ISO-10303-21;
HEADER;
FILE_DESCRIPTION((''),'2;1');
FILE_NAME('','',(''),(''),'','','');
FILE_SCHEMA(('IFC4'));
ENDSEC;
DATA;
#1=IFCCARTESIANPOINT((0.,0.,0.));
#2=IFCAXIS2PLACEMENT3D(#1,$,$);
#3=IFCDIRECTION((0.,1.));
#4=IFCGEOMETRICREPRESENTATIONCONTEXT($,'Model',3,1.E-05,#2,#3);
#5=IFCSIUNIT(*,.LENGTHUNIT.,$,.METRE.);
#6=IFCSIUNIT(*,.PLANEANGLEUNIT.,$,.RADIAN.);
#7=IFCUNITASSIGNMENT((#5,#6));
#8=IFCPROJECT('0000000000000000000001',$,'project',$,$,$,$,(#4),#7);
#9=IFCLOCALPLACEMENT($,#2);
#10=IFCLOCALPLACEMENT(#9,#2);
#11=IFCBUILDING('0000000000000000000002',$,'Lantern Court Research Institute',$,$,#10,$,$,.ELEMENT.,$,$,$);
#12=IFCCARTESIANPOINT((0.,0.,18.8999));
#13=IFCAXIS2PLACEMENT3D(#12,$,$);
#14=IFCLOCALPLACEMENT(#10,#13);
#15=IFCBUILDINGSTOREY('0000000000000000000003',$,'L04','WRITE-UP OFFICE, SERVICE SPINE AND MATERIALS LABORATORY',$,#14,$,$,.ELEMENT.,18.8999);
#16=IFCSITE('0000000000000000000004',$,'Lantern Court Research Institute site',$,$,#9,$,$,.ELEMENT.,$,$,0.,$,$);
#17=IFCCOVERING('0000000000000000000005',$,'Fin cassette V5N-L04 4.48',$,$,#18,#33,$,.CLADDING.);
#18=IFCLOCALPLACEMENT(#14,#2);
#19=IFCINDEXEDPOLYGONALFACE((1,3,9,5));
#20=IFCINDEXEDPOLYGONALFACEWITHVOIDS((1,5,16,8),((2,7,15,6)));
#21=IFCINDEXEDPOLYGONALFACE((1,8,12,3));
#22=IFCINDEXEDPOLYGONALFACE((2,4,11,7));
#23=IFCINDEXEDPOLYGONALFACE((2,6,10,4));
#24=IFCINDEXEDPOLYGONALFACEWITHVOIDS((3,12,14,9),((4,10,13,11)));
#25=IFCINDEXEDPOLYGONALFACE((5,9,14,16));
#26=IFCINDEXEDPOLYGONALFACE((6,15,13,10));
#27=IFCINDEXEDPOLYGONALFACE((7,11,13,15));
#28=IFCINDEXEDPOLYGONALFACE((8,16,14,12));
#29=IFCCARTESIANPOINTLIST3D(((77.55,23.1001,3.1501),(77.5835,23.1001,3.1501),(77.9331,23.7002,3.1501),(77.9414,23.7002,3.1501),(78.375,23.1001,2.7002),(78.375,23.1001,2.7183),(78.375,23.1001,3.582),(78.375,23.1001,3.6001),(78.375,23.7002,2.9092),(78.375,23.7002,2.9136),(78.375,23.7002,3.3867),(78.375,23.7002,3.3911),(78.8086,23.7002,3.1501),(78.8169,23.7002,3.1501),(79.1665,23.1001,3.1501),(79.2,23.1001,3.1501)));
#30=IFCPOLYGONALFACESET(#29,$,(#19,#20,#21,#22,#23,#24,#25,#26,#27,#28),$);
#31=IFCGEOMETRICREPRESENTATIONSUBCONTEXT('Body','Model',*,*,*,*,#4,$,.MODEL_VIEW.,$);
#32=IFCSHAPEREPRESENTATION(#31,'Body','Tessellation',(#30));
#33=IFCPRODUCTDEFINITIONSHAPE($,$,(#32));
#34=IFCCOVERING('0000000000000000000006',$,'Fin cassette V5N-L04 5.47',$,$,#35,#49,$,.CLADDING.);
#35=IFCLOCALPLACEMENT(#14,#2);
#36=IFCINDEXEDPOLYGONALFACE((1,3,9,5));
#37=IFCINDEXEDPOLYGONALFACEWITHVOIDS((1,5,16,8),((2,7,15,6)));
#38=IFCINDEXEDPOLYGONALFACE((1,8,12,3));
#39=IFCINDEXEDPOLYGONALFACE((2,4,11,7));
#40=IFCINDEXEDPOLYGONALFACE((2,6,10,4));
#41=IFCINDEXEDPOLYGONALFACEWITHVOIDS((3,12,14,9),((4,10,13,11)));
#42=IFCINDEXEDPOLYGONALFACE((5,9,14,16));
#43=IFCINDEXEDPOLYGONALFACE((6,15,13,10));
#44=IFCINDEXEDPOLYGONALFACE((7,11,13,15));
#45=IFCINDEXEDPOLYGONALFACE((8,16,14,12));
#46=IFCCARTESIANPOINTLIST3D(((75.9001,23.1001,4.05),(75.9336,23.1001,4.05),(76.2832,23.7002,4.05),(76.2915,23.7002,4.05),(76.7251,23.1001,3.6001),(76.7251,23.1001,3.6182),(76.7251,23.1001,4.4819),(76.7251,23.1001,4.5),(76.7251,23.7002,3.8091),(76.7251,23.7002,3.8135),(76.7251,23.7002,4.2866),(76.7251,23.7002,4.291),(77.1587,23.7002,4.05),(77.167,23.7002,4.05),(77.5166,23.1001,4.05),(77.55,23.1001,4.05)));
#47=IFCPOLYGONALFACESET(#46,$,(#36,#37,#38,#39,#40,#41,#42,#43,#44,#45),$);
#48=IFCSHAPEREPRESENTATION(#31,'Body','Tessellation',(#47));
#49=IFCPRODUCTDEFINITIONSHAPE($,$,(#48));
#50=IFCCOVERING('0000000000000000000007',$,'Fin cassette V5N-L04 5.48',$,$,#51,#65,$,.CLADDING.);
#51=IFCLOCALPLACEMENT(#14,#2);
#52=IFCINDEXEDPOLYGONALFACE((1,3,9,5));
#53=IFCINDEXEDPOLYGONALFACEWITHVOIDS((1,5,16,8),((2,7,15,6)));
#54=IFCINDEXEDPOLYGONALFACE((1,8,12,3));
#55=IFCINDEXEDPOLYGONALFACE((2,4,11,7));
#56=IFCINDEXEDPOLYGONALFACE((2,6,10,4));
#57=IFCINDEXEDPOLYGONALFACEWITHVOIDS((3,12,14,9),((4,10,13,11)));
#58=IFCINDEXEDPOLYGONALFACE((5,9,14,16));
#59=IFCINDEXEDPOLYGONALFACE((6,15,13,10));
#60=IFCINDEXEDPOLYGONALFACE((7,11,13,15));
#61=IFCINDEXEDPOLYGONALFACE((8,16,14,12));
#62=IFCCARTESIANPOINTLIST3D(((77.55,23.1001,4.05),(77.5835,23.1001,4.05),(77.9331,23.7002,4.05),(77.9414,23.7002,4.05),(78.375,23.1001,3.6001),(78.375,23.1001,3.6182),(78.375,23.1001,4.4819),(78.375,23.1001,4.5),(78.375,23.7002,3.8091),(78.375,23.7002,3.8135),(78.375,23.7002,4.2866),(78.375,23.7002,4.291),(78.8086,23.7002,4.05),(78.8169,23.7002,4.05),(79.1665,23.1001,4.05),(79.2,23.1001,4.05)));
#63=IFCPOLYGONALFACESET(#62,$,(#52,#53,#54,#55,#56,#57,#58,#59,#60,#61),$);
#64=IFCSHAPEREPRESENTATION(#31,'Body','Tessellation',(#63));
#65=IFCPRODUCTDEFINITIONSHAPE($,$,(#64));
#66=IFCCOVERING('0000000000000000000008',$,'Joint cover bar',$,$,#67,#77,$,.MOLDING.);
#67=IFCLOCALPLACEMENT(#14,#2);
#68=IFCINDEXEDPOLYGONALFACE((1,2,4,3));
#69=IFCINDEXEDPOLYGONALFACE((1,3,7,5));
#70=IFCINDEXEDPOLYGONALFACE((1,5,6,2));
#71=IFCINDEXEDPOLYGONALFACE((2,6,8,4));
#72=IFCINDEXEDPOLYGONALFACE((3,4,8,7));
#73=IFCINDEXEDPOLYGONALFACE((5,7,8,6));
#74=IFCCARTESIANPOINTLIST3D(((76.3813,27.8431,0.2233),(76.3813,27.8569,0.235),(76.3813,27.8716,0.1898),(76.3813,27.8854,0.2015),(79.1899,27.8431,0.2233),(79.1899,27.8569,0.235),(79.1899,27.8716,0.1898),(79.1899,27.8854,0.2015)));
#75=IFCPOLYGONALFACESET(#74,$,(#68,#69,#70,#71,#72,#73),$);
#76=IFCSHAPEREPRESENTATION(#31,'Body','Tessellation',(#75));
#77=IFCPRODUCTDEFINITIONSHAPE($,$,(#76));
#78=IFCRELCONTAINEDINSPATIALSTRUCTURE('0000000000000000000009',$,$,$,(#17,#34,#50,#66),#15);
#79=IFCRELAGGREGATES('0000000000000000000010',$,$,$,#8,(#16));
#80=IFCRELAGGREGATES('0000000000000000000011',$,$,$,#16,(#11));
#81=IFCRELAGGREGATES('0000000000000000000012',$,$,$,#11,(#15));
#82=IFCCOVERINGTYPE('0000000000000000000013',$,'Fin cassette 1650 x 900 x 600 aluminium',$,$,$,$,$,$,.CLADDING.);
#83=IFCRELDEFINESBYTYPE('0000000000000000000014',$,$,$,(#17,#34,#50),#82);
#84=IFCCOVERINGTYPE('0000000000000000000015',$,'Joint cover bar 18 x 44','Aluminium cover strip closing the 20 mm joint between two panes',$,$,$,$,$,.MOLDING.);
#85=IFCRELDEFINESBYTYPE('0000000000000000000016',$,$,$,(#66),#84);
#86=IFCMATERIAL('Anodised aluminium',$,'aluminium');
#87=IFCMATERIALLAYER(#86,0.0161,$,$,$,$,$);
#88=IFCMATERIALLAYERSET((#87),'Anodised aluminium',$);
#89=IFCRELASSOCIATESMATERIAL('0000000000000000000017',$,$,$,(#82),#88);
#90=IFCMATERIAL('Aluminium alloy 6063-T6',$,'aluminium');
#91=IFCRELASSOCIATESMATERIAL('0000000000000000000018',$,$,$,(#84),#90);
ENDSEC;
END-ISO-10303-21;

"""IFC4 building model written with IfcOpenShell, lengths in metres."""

from ifc_helpers import new_model, entity, si_unit, direction, frame, origin, origin_2d, place, context, subcontext, project, spatial, rectangle, extrude, material, layer, layer_set, material_profile, profile_set, type_object, element, save


model = new_model("IFC4")

# Units and contexts
model_context = context("Model", 3, precision=1e-05, world=origin(), true_north=direction((0.0, 1.0)))
body_context = subcontext(model_context, "Body", "Model", "MODEL_VIEW")
ifc_project = project(units=[si_unit("LENGTHUNIT", "METRE"), si_unit("PLANEANGLEUNIT", "RADIAN")], contexts=[model_context])

# Site, building, storey
site_placement = place(None, origin())
site = spatial("IfcSite", under=ifc_project, at=site_placement, Name="Lantern Court Research Institute site", CompositionType="ELEMENT", RefElevation=0.0)
building_placement = place(site_placement, origin())
building = spatial("IfcBuilding", under=site, at=building_placement, Name="Lantern Court Research Institute", CompositionType="ELEMENT")
storey_placement = place(building_placement, frame((0.0, 0.0, 18.8999)))
storey = spatial("IfcBuildingStorey", under=building, at=storey_placement, Name="L04", Description="WRITE-UP OFFICE, SERVICE SPINE AND MATERIALS LABORATORY", CompositionType="ELEMENT", Elevation=18.8999)

# Coverings
ifc_material_1 = material(Name="Anodised aluminium", Category="aluminium")
ifc_layer_1 = layer(ifc_material_1, 0.0161)
ifc_layer_set_1 = layer_set([ifc_layer_1], Name="Anodised aluminium")
covering_type_1 = type_object("IfcCoveringType", Name="Fin cassette 1650 x 900 x 600 aluminium", PredefinedType="CLADDING", material=ifc_layer_set_1)
covering_1_placement = place(storey_placement, frame((78.375, 23.1001, 3.1501), z_axis=(0.0, 1.0, 0.0), x_axis=(-1.0, 0.0, 0.0)))
cartesian_point_1 = entity("IfcCartesianPoint", [0.825, 0.0])
cartesian_point_2 = entity("IfcCartesianPoint", [0.7915, 0.0])
cartesian_point_3 = entity("IfcCartesianPoint", [0.4419, 0.0])
cartesian_point_4 = entity("IfcCartesianPoint", [0.4336, 0.0])
element("IfcCovering", 1, at=covering_1_placement, inside=storey, type_object=covering_type_1, Name="Fin cassette V5N-L04 4.48", PredefinedType="CLADDING", context=body_context, shape_type="SweptSolid", body=[
    entity("IfcExtrudedAreaSolidTapered", entity("IfcArbitraryProfileDefWithVoids", "AREA", None, entity("IfcPolyline", [cartesian_point_1, entity("IfcCartesianPoint", [0.0, 0.45]), entity("IfcCartesianPoint", [-0.825, 0.0]), entity("IfcCartesianPoint", [0.0, -0.45]), cartesian_point_1]), [entity("IfcPolyline", [cartesian_point_2, entity("IfcCartesianPoint", [0.0, 0.4319]), entity("IfcCartesianPoint", [-0.7915, 0.0]), entity("IfcCartesianPoint", [0.0, -0.4319]), cartesian_point_2])]), entity("IfcAxis2Placement3D", entity("IfcCartesianPoint", [0.0, 0.0, 0.0])), entity("IfcDirection", [0.0, 0.0, 1.0]), 0.6001, entity("IfcArbitraryProfileDefWithVoids", "AREA", None, entity("IfcPolyline", [cartesian_point_3, entity("IfcCartesianPoint", [0.0, 0.241]), entity("IfcCartesianPoint", [-0.4419, 0.0]), entity("IfcCartesianPoint", [0.0, -0.241]), cartesian_point_3]), [entity("IfcPolyline", [cartesian_point_4, entity("IfcCartesianPoint", [0.0, 0.2366]), entity("IfcCartesianPoint", [-0.4336, 0.0]), entity("IfcCartesianPoint", [0.0, -0.2366]), cartesian_point_4])])),
])
covering_2_placement = place(storey_placement, frame((76.7251, 23.1001, 4.05), z_axis=(0.0, 1.0, 0.0), x_axis=(-1.0, 0.0, 0.0)))
cartesian_point_5 = entity("IfcCartesianPoint", [0.825, 0.0])
cartesian_point_6 = entity("IfcCartesianPoint", [0.7915, 0.0])
cartesian_point_7 = entity("IfcCartesianPoint", [0.4419, 0.0])
cartesian_point_8 = entity("IfcCartesianPoint", [0.4336, 0.0])
element("IfcCovering", 2, at=covering_2_placement, inside=storey, type_object=covering_type_1, Name="Fin cassette V5N-L04 5.47", PredefinedType="CLADDING", context=body_context, shape_type="SweptSolid", body=[
    entity("IfcExtrudedAreaSolidTapered", entity("IfcArbitraryProfileDefWithVoids", "AREA", None, entity("IfcPolyline", [cartesian_point_5, entity("IfcCartesianPoint", [0.0, 0.45]), entity("IfcCartesianPoint", [-0.825, 0.0]), entity("IfcCartesianPoint", [0.0, -0.45]), cartesian_point_5]), [entity("IfcPolyline", [cartesian_point_6, entity("IfcCartesianPoint", [0.0, 0.4319]), entity("IfcCartesianPoint", [-0.7915, 0.0]), entity("IfcCartesianPoint", [0.0, -0.4319]), cartesian_point_6])]), entity("IfcAxis2Placement3D", entity("IfcCartesianPoint", [0.0, 0.0, 0.0])), entity("IfcDirection", [0.0, 0.0, 1.0]), 0.6001, entity("IfcArbitraryProfileDefWithVoids", "AREA", None, entity("IfcPolyline", [cartesian_point_7, entity("IfcCartesianPoint", [0.0, 0.241]), entity("IfcCartesianPoint", [-0.4419, 0.0]), entity("IfcCartesianPoint", [0.0, -0.241]), cartesian_point_7]), [entity("IfcPolyline", [cartesian_point_8, entity("IfcCartesianPoint", [0.0, 0.2366]), entity("IfcCartesianPoint", [-0.4336, 0.0]), entity("IfcCartesianPoint", [0.0, -0.2366]), cartesian_point_8])])),
])
covering_3_placement = place(storey_placement, frame((78.375, 23.1001, 4.05), z_axis=(0.0, 1.0, 0.0), x_axis=(-1.0, 0.0, 0.0)))
cartesian_point_9 = entity("IfcCartesianPoint", [0.825, 0.0])
cartesian_point_10 = entity("IfcCartesianPoint", [0.7915, 0.0])
cartesian_point_11 = entity("IfcCartesianPoint", [0.4419, 0.0])
cartesian_point_12 = entity("IfcCartesianPoint", [0.4336, 0.0])
element("IfcCovering", 3, at=covering_3_placement, inside=storey, type_object=covering_type_1, Name="Fin cassette V5N-L04 5.48", PredefinedType="CLADDING", context=body_context, shape_type="SweptSolid", body=[
    entity("IfcExtrudedAreaSolidTapered", entity("IfcArbitraryProfileDefWithVoids", "AREA", None, entity("IfcPolyline", [cartesian_point_9, entity("IfcCartesianPoint", [0.0, 0.45]), entity("IfcCartesianPoint", [-0.825, 0.0]), entity("IfcCartesianPoint", [0.0, -0.45]), cartesian_point_9]), [entity("IfcPolyline", [cartesian_point_10, entity("IfcCartesianPoint", [0.0, 0.4319]), entity("IfcCartesianPoint", [-0.7915, 0.0]), entity("IfcCartesianPoint", [0.0, -0.4319]), cartesian_point_10])]), entity("IfcAxis2Placement3D", entity("IfcCartesianPoint", [0.0, 0.0, 0.0])), entity("IfcDirection", [0.0, 0.0, 1.0]), 0.6001, entity("IfcArbitraryProfileDefWithVoids", "AREA", None, entity("IfcPolyline", [cartesian_point_11, entity("IfcCartesianPoint", [0.0, 0.241]), entity("IfcCartesianPoint", [-0.4419, 0.0]), entity("IfcCartesianPoint", [0.0, -0.241]), cartesian_point_11]), [entity("IfcPolyline", [cartesian_point_12, entity("IfcCartesianPoint", [0.0, 0.2366]), entity("IfcCartesianPoint", [-0.4336, 0.0]), entity("IfcCartesianPoint", [0.0, -0.2366]), cartesian_point_12])])),
])
ifc_material_2 = material(Name="Aluminium alloy 6063-T6", Category="aluminium")
ifc_material_profile_1 = material_profile(ifc_material_2, rectangle(XDim=0.0181, YDim=0.0439, at=origin_2d()), Name="Joint cover bar 18 x 44")
ifc_profile_set_1 = profile_set([ifc_material_profile_1], Name="Aluminium alloy 6063-T6")
covering_type_2 = type_object("IfcCoveringType", Name="Joint cover bar 18 x 44", Description="Aluminium cover strip closing the 20 mm joint between two panes", PredefinedType="MOLDING", material=ifc_profile_set_1)
covering_4_placement = place(storey_placement, frame((76.3813, 27.8643, 0.2124), z_axis=(1.0, 0.0, 0.0), x_axis=(0.0, 0.761673, 0.647962)))
element("IfcCovering", 4, at=covering_4_placement, inside=storey, type_object=covering_type_2, Name="Joint cover bar", PredefinedType="MOLDING", context=body_context, shape_type="SweptSolid", body=[
    extrude(rectangle(XDim=0.0181, YDim=0.0439, at=origin_2d()), origin(), (0.0, 0.0, 1.0), 2.8086),
])

save(model, "model.ifc")
